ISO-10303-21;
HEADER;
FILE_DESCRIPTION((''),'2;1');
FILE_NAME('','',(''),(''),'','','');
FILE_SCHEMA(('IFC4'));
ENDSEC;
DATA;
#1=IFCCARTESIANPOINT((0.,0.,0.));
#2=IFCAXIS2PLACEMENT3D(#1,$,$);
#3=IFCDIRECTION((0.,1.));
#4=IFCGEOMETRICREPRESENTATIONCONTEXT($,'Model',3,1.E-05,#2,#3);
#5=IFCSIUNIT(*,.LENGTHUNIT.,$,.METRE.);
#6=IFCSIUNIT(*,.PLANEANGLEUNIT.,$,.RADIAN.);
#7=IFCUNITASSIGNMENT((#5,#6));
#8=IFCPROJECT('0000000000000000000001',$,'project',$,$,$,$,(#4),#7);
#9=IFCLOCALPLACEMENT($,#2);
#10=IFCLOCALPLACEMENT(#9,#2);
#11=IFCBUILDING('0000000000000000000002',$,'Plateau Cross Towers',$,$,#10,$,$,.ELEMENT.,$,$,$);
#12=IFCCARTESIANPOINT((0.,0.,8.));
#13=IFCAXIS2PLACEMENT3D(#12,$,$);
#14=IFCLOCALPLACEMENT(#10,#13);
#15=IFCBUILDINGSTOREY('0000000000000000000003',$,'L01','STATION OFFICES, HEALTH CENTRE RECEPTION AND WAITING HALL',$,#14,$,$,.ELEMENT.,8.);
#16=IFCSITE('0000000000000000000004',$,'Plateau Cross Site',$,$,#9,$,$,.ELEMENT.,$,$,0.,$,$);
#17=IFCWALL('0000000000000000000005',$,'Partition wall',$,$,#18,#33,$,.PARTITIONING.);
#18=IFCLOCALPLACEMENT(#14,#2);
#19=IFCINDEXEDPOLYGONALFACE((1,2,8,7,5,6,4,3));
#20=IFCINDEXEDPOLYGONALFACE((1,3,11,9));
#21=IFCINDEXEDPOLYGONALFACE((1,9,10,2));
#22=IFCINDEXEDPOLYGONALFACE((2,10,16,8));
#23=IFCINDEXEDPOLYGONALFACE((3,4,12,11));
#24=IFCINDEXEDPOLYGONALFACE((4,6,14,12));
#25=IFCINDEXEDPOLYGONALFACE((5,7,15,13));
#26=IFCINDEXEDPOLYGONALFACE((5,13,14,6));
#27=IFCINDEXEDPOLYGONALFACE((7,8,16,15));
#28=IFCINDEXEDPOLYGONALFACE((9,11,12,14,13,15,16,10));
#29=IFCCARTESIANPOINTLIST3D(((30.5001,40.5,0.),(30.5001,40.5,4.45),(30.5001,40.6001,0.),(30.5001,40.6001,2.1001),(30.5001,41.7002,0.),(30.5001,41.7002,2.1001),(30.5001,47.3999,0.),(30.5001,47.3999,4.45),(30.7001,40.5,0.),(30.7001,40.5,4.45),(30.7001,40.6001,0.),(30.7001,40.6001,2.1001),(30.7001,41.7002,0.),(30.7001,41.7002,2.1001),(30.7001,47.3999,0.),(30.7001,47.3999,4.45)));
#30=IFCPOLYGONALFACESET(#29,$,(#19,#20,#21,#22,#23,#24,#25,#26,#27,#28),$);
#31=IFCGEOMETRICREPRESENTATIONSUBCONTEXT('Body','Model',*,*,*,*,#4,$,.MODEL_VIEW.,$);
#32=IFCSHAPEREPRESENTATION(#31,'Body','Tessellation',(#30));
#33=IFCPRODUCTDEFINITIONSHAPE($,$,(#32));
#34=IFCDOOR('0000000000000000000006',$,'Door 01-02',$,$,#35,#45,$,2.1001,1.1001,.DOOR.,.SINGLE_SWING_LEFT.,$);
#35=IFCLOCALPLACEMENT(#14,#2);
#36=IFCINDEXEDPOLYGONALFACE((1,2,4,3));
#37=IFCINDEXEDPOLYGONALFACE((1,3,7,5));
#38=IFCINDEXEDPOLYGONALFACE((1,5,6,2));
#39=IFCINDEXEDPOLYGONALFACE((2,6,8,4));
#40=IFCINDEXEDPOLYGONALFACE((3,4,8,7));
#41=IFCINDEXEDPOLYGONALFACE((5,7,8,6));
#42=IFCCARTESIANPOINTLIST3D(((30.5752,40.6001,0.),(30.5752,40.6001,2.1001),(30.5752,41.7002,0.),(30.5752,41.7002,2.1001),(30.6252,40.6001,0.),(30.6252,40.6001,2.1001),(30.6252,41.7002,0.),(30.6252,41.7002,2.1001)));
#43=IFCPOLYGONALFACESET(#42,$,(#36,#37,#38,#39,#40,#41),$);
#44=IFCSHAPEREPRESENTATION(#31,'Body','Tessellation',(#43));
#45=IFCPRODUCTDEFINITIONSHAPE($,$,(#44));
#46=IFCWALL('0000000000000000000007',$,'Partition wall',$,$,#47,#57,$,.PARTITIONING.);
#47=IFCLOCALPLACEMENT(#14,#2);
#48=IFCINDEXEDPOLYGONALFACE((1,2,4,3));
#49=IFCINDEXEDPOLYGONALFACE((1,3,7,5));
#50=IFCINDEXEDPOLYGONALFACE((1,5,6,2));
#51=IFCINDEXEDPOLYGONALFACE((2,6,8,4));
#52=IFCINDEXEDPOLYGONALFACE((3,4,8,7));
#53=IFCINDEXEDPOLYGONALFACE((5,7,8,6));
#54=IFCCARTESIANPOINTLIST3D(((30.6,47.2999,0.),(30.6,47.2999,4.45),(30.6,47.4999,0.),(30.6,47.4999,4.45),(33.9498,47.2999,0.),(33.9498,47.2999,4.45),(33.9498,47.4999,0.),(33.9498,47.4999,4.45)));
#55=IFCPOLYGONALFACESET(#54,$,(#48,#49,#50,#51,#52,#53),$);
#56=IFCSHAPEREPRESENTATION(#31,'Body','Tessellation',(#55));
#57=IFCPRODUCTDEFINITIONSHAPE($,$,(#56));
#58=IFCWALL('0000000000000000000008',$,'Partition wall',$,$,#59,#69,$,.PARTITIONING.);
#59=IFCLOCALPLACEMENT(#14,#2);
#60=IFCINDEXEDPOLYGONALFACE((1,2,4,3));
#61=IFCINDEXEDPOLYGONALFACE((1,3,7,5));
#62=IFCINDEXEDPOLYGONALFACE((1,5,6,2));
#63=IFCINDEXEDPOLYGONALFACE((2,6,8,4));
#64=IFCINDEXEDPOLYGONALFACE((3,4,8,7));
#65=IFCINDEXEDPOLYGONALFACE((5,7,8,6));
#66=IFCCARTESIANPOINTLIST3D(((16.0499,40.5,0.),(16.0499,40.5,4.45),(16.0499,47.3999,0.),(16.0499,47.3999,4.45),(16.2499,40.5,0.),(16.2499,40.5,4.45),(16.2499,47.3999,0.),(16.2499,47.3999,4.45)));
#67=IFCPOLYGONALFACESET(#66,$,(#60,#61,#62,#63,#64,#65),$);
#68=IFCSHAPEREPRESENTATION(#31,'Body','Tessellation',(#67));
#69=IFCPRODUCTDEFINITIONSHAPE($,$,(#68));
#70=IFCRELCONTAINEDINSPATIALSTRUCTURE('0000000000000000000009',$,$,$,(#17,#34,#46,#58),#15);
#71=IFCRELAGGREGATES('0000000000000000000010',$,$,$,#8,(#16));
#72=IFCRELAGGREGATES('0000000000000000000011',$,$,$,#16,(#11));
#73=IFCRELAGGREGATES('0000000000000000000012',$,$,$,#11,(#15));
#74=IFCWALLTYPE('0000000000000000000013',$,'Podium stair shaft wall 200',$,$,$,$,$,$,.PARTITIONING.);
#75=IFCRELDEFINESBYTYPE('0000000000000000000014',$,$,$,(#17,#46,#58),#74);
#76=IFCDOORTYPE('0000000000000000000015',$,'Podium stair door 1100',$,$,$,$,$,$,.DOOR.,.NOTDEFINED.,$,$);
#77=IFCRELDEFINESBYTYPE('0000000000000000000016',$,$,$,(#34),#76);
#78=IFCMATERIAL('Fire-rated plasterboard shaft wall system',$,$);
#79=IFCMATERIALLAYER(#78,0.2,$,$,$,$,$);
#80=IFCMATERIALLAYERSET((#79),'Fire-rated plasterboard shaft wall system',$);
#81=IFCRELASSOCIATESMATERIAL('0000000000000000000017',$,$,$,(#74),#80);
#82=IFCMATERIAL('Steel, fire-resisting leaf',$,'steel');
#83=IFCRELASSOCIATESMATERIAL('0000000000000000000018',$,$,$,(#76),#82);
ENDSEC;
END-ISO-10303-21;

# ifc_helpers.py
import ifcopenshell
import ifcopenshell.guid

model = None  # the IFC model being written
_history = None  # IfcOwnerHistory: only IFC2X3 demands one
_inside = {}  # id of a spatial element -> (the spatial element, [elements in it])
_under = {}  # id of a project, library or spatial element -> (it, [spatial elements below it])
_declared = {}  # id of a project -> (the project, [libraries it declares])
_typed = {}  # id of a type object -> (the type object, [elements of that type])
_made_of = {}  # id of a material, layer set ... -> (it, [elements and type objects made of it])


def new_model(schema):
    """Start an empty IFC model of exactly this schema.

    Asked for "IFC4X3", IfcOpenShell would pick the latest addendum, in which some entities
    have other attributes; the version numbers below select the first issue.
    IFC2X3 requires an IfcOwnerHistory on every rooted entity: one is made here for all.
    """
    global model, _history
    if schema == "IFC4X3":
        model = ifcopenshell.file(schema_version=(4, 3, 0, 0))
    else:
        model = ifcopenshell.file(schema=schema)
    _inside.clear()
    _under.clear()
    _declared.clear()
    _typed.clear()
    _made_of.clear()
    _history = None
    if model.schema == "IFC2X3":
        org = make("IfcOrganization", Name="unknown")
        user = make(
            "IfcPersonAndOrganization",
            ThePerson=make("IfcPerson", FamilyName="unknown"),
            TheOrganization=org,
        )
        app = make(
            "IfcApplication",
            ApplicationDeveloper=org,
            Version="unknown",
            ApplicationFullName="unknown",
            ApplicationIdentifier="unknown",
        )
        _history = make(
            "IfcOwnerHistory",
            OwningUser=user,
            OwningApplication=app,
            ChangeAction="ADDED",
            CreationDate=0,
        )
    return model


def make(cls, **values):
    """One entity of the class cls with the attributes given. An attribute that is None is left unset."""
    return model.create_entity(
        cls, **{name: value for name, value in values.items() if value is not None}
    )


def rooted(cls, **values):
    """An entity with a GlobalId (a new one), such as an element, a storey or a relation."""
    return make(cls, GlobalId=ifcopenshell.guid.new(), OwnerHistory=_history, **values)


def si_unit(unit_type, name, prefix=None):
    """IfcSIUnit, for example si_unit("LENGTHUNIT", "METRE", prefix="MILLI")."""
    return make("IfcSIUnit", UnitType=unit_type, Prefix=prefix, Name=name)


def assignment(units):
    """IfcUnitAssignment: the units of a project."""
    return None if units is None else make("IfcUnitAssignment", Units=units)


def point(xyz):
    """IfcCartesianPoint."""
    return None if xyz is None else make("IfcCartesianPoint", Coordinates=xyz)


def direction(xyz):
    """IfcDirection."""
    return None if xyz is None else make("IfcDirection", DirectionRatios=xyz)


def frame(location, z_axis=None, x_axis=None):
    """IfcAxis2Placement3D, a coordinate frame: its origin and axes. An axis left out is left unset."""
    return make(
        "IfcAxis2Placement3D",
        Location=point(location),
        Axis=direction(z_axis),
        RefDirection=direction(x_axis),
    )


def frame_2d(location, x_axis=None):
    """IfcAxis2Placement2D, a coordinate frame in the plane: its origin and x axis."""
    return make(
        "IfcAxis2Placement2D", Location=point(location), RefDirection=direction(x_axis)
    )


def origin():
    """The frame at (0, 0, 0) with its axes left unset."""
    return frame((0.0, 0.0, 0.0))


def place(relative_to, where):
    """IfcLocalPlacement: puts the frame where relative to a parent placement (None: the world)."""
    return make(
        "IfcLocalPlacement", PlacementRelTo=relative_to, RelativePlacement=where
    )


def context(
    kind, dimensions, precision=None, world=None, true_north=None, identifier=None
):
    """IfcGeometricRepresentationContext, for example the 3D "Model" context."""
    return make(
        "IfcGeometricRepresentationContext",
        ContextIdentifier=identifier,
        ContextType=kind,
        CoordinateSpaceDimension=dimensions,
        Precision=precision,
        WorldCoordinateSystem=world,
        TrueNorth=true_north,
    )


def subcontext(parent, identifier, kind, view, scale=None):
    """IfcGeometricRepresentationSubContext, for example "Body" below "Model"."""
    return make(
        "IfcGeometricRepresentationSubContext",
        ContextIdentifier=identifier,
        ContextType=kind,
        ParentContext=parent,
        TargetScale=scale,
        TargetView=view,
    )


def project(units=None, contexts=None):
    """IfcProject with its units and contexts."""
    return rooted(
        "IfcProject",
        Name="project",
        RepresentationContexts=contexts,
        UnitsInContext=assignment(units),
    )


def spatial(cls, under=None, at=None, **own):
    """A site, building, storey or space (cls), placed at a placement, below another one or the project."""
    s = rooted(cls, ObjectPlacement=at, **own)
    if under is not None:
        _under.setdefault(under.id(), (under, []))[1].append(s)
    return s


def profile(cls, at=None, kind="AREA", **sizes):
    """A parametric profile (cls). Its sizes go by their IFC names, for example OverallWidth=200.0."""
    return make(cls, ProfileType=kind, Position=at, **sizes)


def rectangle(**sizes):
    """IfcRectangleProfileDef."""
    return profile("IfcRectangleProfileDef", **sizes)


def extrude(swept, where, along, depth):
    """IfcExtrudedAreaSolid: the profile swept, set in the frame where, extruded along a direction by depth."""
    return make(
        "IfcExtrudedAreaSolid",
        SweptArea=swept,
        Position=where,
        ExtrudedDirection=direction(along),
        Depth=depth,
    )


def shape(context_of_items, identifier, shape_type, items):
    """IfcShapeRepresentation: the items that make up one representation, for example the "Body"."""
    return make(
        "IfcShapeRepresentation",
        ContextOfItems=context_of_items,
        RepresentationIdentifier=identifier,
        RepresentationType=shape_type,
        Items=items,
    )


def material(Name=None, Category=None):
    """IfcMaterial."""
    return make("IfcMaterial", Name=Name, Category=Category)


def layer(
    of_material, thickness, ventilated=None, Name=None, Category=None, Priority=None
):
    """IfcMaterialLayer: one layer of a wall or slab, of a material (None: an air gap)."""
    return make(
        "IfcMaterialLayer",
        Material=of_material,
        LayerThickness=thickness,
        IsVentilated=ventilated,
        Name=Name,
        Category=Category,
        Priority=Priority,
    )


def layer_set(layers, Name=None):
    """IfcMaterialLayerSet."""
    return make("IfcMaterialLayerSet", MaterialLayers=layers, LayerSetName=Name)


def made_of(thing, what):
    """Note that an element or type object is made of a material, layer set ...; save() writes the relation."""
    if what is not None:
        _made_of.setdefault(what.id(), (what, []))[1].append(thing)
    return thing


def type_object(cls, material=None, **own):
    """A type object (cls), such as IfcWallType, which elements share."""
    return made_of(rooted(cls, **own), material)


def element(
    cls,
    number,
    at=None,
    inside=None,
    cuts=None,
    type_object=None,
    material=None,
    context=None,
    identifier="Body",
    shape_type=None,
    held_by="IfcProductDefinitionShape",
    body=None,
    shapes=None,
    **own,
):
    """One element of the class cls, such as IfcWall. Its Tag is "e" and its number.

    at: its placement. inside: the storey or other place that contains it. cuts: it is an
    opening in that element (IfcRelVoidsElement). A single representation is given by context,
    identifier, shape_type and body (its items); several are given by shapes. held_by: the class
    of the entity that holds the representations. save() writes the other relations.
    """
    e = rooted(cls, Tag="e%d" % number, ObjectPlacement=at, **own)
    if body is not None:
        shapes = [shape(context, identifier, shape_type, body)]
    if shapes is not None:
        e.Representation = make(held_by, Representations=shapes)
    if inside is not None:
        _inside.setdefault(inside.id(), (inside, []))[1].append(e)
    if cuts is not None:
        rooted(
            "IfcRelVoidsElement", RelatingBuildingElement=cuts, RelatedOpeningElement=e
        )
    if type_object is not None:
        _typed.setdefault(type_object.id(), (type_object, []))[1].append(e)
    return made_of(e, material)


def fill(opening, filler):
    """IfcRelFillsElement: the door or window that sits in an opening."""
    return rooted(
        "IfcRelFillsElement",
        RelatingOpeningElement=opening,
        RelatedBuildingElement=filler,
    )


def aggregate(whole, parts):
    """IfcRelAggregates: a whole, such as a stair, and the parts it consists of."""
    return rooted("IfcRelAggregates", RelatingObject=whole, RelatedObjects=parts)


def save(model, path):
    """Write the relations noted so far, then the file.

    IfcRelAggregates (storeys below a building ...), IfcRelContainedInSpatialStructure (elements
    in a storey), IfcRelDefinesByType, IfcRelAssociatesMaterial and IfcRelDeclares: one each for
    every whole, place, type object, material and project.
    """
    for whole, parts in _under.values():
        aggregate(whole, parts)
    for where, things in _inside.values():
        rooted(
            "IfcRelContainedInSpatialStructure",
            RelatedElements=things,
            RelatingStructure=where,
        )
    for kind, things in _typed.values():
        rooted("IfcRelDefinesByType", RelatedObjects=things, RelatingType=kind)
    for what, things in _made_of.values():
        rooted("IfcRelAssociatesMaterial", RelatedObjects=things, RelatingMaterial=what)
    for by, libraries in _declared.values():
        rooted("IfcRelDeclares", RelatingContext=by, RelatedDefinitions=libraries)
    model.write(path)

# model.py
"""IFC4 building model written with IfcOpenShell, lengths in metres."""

from ifc_helpers import new_model, si_unit, direction, frame, frame_2d, origin, place, context, subcontext, project, spatial, rectangle, extrude, material, layer, layer_set, type_object, element, fill, save


model = new_model("IFC4")

# Units and contexts
model_context = context("Model", 3, precision=1e-05, world=origin(), true_north=direction((0.0, 1.0)))
body_context = subcontext(model_context, "Body", "Model", "MODEL_VIEW")
ifc_project = project(units=[si_unit("LENGTHUNIT", "METRE"), si_unit("PLANEANGLEUNIT", "RADIAN")], contexts=[model_context])

# Site, building, storey
site_placement = place(None, origin())
site = spatial("IfcSite", under=ifc_project, at=site_placement, Name="Plateau Cross Site", CompositionType="ELEMENT", RefElevation=0.0)
building_placement = place(site_placement, origin())
building = spatial("IfcBuilding", under=site, at=building_placement, Name="Plateau Cross Towers", CompositionType="ELEMENT")
storey_placement = place(building_placement, frame((0.0, 0.0, 8.0)))
storey = spatial("IfcBuildingStorey", under=building, at=storey_placement, Name="L01", Description="STATION OFFICES, HEALTH CENTRE RECEPTION AND WAITING HALL", CompositionType="ELEMENT", Elevation=8.0)

# Wall, opening, door
ifc_material_1 = material(Name="Fire-rated plasterboard shaft wall system")
ifc_layer_1 = layer(ifc_material_1, 0.2)
ifc_layer_set_1 = layer_set([ifc_layer_1], Name="Fire-rated plasterboard shaft wall system")
wall_type_1 = type_object("IfcWallType", Name="Podium stair shaft wall 200", PredefinedType="PARTITIONING", material=ifc_layer_set_1)
wall_1_placement = place(storey_placement, frame((30.6001, 40.5, 0.0), z_axis=(0.0, 0.0, 1.0), x_axis=(0.0, 1.0, 0.0)))
wall_1 = element("IfcWall", 1, at=wall_1_placement, inside=storey, type_object=wall_type_1, Name="Partition wall", PredefinedType="PARTITIONING", context=body_context, shape_type="SweptSolid", body=[
    extrude(rectangle(XDim=6.8999, YDim=0.2, at=frame_2d((3.45, 0.0))), origin(), (0.0, 0.0, 1.0), 4.45),
])
opening_placement = place(wall_1_placement, frame((0.1001, 0.0, 0.0)))
opening = element("IfcOpeningElement", 2, at=opening_placement, cuts=wall_1, PredefinedType="OPENING", context=body_context, shape_type="SweptSolid", body=[
    extrude(rectangle(XDim=1.1001, YDim=2.1001, at=frame_2d((0.55, 1.05))), frame((0.0, 0.1099, 0.0), z_axis=(0.0, -1.0, 0.0), x_axis=(1.0, 0.0, 0.0)), (0.0, 0.0, 1.0), 0.22),
])
ifc_material_2 = material(Name="Steel, fire-resisting leaf", Category="steel")
door_type = type_object("IfcDoorType", Name="Podium stair door 1100", OperationType="NOTDEFINED", PredefinedType="DOOR", material=ifc_material_2)
door_placement = place(opening_placement, origin())
door = element("IfcDoor", 3, at=door_placement, inside=storey, type_object=door_type, Name="Door 01-02", OperationType="SINGLE_SWING_LEFT", OverallHeight=2.1001, OverallWidth=1.1001, PredefinedType="DOOR", context=body_context, shape_type="SweptSolid", body=[
    extrude(rectangle(XDim=1.1001, YDim=2.1001, at=frame_2d((0.55, 1.05))), frame((0.0, 0.0249, 0.0), z_axis=(0.0, -1.0, 0.0), x_axis=(1.0, 0.0, 0.0)), (0.0, 0.0, 1.0), 0.05),
])
fill(opening, door)

# Walls
wall_2_placement = place(storey_placement, frame((30.6001, 47.3999, 0.0), z_axis=(0.0, 0.0, 1.0), x_axis=(1.0, 0.0, 0.0)))
element("IfcWall", 4, at=wall_2_placement, inside=storey, type_object=wall_type_1, Name="Partition wall", PredefinedType="PARTITIONING", context=body_context, shape_type="SweptSolid", body=[
    extrude(rectangle(XDim=3.3499, YDim=0.2, at=frame_2d((1.6748, 0.0))), origin(), (0.0, 0.0, 1.0), 4.45),
])
wall_3_placement = place(storey_placement, frame((16.1499, 47.3999, 0.0), z_axis=(0.0, 0.0, 1.0), x_axis=(0.0, -1.0, 0.0)))
element("IfcWall", 5, at=wall_3_placement, inside=storey, type_object=wall_type_1, Name="Partition wall", PredefinedType="PARTITIONING", context=body_context, shape_type="SweptSolid", body=[
    extrude(rectangle(XDim=6.8999, YDim=0.2, at=frame_2d((3.45, 0.0))), origin(), (0.0, 0.0, 1.0), 4.45),
])

save(model, "model.ifc")
